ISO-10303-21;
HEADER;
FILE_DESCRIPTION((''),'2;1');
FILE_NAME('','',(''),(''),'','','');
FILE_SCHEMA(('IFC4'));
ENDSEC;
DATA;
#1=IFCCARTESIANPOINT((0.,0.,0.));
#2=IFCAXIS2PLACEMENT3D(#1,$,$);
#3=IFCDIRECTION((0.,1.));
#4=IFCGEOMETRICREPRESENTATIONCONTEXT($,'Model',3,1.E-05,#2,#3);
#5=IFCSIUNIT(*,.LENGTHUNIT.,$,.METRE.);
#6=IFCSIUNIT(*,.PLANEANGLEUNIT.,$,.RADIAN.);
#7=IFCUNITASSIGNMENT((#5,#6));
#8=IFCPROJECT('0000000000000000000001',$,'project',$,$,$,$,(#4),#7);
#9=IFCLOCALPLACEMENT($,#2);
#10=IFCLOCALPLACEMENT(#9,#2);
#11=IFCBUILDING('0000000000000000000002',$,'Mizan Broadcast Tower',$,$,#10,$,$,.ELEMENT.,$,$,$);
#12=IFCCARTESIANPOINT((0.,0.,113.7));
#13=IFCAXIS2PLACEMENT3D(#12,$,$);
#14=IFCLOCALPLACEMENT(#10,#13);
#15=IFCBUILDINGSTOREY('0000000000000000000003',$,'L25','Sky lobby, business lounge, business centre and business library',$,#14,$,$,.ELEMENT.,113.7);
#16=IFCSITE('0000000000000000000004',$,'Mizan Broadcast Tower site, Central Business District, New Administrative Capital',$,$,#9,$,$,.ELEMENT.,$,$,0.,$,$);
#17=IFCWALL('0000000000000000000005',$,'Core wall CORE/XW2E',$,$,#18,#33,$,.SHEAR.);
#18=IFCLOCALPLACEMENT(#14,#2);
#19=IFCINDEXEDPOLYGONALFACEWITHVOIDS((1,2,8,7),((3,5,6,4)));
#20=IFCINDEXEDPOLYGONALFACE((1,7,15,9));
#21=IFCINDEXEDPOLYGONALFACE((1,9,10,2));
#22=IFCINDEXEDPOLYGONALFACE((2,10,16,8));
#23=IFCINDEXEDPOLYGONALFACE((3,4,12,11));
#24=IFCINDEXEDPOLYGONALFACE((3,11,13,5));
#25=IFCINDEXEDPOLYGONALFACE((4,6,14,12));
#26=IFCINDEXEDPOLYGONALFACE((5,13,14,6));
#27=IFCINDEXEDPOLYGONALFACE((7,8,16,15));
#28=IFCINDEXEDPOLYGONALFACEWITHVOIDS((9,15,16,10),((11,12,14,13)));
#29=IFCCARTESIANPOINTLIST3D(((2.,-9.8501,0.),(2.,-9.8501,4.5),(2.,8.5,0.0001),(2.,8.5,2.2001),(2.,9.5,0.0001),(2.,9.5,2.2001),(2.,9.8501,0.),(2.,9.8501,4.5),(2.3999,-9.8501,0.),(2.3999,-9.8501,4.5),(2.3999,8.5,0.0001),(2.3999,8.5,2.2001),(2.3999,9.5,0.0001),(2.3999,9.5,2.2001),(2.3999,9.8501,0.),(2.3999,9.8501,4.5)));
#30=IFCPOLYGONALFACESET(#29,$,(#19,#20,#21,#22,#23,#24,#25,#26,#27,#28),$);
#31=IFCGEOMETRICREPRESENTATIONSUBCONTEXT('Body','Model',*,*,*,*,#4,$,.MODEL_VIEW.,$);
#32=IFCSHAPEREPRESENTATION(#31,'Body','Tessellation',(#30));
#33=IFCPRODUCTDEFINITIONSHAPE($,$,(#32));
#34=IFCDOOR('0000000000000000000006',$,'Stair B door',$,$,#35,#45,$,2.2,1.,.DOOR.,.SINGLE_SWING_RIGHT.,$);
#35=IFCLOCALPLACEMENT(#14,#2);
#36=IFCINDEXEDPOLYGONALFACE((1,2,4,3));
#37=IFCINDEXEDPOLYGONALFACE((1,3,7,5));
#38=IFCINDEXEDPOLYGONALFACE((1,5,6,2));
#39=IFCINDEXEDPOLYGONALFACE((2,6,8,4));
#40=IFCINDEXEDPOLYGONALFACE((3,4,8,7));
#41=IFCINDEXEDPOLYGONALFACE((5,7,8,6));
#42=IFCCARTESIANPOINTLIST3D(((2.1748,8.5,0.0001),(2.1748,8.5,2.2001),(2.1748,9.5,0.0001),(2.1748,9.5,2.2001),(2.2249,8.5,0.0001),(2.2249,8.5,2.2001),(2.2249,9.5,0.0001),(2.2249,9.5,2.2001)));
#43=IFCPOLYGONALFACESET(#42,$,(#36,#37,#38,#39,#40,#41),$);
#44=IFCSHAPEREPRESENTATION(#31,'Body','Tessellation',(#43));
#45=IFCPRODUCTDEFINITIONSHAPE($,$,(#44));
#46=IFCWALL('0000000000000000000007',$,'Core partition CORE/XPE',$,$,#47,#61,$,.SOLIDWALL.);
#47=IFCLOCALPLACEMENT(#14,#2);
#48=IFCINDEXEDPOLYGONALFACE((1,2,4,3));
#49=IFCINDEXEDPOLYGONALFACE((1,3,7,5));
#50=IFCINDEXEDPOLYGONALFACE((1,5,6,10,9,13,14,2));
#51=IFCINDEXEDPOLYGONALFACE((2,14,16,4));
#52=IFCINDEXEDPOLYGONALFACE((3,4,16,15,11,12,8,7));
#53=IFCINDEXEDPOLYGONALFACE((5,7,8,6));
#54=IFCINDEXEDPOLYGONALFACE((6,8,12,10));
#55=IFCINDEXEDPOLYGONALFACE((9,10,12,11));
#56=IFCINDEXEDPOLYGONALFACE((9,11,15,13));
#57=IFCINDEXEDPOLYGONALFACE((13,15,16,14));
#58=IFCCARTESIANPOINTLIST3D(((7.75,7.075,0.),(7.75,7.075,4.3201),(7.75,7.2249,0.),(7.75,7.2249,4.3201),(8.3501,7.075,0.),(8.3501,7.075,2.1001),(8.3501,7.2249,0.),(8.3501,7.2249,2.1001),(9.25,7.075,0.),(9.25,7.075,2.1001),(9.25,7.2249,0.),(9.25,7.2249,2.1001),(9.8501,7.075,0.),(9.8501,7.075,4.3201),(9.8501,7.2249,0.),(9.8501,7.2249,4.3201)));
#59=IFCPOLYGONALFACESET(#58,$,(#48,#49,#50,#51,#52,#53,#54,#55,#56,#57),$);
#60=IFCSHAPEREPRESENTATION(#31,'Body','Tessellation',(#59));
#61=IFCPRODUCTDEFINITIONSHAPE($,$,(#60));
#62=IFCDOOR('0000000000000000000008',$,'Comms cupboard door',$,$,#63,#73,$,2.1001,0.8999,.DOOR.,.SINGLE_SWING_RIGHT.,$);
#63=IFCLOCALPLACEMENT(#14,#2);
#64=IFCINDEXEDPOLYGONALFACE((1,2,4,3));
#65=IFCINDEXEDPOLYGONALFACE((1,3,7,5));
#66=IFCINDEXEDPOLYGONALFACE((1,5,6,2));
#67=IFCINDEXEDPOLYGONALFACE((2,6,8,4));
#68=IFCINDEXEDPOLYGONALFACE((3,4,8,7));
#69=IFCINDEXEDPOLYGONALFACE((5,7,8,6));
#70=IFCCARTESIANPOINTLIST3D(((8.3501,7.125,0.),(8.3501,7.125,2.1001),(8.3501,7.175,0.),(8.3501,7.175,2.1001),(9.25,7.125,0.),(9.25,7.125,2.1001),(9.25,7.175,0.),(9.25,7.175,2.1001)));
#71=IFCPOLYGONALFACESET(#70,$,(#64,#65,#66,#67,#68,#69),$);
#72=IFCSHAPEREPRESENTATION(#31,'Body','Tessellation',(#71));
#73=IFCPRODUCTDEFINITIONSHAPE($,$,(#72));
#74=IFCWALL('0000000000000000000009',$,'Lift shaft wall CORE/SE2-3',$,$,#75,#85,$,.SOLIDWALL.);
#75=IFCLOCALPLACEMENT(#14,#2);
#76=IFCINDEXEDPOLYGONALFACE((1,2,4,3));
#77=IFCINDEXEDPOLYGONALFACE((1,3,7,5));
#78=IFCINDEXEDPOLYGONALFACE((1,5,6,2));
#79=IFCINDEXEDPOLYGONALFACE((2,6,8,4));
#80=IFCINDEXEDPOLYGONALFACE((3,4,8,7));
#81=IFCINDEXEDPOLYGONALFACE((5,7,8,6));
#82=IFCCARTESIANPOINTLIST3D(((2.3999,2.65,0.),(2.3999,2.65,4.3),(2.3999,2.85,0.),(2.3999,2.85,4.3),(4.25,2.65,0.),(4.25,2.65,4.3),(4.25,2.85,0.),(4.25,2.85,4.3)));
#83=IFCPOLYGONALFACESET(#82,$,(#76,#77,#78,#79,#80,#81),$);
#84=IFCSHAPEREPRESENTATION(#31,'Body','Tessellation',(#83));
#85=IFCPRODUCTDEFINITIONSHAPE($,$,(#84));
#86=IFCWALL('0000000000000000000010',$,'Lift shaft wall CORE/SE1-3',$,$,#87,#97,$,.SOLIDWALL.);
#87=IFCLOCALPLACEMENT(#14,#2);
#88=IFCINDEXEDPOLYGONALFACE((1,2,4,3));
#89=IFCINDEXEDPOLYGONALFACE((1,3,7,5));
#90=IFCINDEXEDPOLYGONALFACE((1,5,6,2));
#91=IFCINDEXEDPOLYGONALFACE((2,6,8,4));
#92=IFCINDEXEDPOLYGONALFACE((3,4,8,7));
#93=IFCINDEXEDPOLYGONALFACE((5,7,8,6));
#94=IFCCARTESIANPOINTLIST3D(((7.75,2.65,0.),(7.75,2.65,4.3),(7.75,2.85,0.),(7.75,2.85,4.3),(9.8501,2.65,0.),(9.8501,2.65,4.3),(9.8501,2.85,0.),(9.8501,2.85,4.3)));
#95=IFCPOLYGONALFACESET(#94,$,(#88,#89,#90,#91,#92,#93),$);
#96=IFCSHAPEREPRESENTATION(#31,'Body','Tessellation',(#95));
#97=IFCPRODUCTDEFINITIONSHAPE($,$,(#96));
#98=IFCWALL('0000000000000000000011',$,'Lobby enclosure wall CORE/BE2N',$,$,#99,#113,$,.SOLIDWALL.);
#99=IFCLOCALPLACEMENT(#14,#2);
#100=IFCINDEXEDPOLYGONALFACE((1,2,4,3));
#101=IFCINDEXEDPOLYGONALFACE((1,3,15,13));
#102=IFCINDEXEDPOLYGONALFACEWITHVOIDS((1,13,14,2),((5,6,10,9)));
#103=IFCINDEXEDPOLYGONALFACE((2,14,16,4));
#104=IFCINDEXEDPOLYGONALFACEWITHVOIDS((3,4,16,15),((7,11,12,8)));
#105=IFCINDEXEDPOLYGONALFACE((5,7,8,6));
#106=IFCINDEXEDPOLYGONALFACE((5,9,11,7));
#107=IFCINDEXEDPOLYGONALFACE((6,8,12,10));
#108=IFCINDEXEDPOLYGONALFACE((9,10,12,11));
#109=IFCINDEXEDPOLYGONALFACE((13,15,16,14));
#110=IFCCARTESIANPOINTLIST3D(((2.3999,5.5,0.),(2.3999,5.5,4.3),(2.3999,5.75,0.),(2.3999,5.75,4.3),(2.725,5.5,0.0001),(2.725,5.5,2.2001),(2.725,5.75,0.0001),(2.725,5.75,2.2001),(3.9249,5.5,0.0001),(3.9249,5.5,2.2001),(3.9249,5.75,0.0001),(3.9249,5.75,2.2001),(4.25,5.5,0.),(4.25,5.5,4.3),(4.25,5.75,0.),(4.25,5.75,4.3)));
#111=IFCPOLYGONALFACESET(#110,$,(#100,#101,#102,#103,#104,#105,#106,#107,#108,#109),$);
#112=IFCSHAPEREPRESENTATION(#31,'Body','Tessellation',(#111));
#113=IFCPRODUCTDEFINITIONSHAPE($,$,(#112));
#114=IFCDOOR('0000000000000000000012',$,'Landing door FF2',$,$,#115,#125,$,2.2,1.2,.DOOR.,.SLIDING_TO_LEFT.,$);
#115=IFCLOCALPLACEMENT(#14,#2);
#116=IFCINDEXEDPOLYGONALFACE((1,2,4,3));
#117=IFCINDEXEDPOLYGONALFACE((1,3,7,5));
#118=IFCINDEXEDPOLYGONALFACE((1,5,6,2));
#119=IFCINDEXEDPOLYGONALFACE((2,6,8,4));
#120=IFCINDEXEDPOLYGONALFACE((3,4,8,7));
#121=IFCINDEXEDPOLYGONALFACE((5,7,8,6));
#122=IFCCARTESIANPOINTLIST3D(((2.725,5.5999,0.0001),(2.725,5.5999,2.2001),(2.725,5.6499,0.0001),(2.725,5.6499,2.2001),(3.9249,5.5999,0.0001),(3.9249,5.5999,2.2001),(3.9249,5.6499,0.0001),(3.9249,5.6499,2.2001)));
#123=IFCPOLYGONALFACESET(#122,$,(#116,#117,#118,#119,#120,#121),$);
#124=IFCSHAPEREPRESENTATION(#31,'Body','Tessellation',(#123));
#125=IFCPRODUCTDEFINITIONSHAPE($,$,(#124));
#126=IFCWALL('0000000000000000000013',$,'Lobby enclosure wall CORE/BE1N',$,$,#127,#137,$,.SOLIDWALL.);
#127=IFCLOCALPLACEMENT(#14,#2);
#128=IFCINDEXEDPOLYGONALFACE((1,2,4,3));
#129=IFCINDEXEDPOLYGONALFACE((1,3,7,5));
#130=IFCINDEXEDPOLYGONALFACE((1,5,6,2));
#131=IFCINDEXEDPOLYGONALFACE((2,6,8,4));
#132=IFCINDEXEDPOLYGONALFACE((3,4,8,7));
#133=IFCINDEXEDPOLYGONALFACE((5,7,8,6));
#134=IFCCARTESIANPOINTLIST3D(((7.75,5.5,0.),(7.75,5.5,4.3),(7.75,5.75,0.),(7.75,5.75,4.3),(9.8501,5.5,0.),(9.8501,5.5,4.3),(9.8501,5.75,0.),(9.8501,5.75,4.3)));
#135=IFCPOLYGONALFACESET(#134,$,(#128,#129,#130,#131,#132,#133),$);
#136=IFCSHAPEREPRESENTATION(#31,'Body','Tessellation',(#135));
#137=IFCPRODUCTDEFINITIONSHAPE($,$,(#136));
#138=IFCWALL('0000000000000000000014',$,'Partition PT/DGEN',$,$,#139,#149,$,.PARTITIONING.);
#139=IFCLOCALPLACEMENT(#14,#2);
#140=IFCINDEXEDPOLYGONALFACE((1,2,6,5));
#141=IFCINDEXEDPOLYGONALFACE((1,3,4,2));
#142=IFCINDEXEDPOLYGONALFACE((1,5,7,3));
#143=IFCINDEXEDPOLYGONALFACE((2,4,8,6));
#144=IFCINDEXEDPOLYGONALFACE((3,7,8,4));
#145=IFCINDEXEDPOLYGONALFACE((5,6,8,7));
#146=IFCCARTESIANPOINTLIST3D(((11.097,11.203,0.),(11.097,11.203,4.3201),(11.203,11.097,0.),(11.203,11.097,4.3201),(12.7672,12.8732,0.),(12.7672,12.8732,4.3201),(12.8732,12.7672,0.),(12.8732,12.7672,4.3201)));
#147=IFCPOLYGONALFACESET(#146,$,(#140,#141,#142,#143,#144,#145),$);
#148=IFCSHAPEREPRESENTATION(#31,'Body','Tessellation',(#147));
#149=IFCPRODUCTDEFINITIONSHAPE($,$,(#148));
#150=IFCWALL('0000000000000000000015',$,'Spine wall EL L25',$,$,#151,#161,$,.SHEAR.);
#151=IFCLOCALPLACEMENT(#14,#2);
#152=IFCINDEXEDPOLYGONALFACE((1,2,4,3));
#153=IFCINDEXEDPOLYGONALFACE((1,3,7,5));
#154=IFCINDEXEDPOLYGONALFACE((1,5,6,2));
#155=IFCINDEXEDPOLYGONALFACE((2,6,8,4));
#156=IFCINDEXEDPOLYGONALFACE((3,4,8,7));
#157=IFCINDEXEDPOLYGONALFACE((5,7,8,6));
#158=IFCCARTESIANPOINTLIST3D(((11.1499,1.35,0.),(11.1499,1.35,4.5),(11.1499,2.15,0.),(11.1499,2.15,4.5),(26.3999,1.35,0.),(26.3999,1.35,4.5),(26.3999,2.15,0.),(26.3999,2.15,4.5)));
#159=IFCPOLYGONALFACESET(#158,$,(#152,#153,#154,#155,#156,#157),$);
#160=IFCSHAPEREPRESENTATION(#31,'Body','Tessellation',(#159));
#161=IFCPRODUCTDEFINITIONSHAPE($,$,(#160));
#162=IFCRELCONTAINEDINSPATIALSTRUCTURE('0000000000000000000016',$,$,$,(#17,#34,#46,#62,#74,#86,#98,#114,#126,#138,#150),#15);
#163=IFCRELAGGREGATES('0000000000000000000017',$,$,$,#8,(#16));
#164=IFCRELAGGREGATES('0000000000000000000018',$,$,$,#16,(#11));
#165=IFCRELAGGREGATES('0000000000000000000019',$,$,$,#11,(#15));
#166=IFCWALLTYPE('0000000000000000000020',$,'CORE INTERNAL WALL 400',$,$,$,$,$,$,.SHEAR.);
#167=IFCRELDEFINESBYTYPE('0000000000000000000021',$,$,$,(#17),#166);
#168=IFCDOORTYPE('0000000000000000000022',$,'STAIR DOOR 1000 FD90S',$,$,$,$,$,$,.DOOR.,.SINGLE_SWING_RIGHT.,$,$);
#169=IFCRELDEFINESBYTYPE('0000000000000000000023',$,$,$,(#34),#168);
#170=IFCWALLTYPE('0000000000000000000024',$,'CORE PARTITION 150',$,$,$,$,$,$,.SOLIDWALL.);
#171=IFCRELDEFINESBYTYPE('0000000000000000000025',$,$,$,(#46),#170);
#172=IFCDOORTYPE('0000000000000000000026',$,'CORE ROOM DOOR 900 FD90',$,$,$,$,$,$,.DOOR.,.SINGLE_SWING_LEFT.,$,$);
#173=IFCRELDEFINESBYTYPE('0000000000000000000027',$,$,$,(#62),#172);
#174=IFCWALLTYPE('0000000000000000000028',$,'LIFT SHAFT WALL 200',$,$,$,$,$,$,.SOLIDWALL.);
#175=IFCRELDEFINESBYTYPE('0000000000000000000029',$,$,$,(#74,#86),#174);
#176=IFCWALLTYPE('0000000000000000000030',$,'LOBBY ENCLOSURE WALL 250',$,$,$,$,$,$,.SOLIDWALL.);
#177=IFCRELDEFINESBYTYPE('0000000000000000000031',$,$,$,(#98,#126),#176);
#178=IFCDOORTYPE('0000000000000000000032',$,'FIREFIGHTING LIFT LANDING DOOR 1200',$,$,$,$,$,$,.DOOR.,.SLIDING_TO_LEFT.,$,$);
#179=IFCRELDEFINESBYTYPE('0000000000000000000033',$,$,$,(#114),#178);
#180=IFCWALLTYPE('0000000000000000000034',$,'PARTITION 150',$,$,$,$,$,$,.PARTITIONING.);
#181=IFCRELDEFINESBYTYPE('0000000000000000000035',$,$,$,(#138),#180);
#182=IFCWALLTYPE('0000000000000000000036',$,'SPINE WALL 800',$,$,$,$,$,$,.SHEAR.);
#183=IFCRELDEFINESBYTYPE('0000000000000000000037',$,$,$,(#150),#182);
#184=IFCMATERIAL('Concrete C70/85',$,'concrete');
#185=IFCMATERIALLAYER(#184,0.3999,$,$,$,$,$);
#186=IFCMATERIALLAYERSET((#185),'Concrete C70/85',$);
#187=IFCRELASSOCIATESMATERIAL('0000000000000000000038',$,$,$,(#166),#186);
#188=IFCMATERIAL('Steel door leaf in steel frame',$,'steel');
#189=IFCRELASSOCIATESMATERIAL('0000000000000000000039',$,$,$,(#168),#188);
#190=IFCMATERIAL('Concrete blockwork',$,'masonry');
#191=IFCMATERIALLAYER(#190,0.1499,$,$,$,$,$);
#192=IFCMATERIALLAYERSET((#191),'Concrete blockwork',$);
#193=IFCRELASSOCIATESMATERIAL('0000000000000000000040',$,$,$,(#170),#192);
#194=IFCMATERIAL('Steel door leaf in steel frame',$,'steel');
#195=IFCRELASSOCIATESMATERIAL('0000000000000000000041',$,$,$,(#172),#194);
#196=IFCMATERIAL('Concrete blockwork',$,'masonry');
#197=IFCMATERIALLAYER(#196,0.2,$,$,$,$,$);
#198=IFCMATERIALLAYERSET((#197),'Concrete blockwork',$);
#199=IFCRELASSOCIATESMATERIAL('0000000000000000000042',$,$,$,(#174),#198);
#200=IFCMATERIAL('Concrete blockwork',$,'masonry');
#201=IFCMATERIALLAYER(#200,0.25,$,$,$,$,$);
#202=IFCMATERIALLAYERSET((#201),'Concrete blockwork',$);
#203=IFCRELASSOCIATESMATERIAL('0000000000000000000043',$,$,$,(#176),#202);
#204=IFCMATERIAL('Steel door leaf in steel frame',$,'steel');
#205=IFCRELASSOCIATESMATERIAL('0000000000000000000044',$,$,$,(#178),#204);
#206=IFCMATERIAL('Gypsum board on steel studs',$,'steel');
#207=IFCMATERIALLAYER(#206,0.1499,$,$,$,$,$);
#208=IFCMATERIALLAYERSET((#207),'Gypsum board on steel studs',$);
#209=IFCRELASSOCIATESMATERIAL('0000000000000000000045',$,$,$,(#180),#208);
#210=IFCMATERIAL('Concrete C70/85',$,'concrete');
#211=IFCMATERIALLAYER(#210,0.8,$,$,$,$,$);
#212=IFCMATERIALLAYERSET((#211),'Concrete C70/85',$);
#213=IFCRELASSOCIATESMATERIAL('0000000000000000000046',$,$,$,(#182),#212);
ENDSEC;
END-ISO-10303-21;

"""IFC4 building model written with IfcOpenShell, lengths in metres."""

from ifc_helpers import new_model, si_unit, direction, frame, frame_2d, origin, place, context, subcontext, project, spatial, rectangle, extrude, material, layer, layer_set, type_object, element, fill, save


model = new_model("IFC4")

# Units and contexts
model_context = context("Model", 3, precision=1e-05, world=origin(), true_north=direction((0.0, 1.0)))
body_context = subcontext(model_context, "Body", "Model", "MODEL_VIEW")
ifc_project = project(units=[si_unit("LENGTHUNIT", "METRE"), si_unit("PLANEANGLEUNIT", "RADIAN")], contexts=[model_context])

# Site, building, storey
site_placement = place(None, origin())
site = spatial("IfcSite", under=ifc_project, at=site_placement, Name="Mizan Broadcast Tower site, Central Business District, New Administrative Capital", CompositionType="ELEMENT", RefElevation=0.0)
building_placement = place(site_placement, origin())
building = spatial("IfcBuilding", under=site, at=building_placement, Name="Mizan Broadcast Tower", CompositionType="ELEMENT")
storey_placement = place(building_placement, frame((0.0, 0.0, 113.7)))
storey = spatial("IfcBuildingStorey", under=building, at=storey_placement, Name="L25", Description="Sky lobby, business lounge, business centre and business library", CompositionType="ELEMENT", Elevation=113.7)

# Shared definitions
ifc_material_1 = material(Name="Concrete C70/85", Category="concrete")
ifc_layer_1 = layer(ifc_material_1, 0.3999)
ifc_layer_set_1 = layer_set([ifc_layer_1], Name="Concrete C70/85")
wall_type_1 = type_object("IfcWallType", Name="CORE INTERNAL WALL 400", PredefinedType="SHEAR", material=ifc_layer_set_1)

# Walls, openings, doors
wall_1_placement = place(storey_placement, frame((2.2, 9.8501, 0.0), z_axis=(0.0, 0.0, 1.0), x_axis=(0.0, -1.0, 0.0)))
wall_1 = element("IfcWall", 1, at=wall_1_placement, inside=storey, type_object=wall_type_1, Name="Core wall CORE/XW2E", PredefinedType="SHEAR", context=body_context, shape_type="SweptSolid", body=[
    extrude(rectangle(XDim=19.7002, YDim=0.3999, at=frame_2d((9.8501, 0.0))), origin(), (0.0, 0.0, 1.0), 4.5),
])
opening_1_placement = place(wall_1_placement, frame((0.3501, 0.0, 0.0)))
opening_1 = element("IfcOpeningElement", 2, at=opening_1_placement, cuts=wall_1, PredefinedType="OPENING", context=body_context, shape_type="SweptSolid", body=[
    extrude(rectangle(XDim=1.0, YDim=2.2, at=frame_2d((0.5, 1.1001))), frame((0.0, 0.21, 0.0), z_axis=(0.0, -1.0, 0.0), x_axis=(1.0, 0.0, 0.0)), (0.0, 0.0, 1.0), 0.4199),
])
ifc_material_2 = material(Name="Steel door leaf in steel frame", Category="steel")
door_type_1 = type_object("IfcDoorType", Name="STAIR DOOR 1000 FD90S", OperationType="SINGLE_SWING_RIGHT", PredefinedType="DOOR", material=ifc_material_2)
door_1_placement = place(opening_1_placement, origin())
door_1 = element("IfcDoor", 3, at=door_1_placement, inside=storey, type_object=door_type_1, Name="Stair B door", OperationType="SINGLE_SWING_RIGHT", OverallHeight=2.2, OverallWidth=1.0, PredefinedType="DOOR", context=body_context, shape_type="SweptSolid", body=[
    extrude(rectangle(XDim=1.0, YDim=2.2, at=frame_2d((0.5, 1.1001))), frame((0.0, 0.0249, 0.0), z_axis=(0.0, -1.0, 0.0), x_axis=(1.0, 0.0, 0.0)), (0.0, 0.0, 1.0), 0.05),
])
fill(opening_1, door_1)
ifc_material_3 = material(Name="Concrete blockwork", Category="masonry")
ifc_layer_2 = layer(ifc_material_3, 0.1499)
ifc_layer_set_2 = layer_set([ifc_layer_2], Name="Concrete blockwork")
wall_type_2 = type_object("IfcWallType", Name="CORE PARTITION 150", PredefinedType="SOLIDWALL", material=ifc_layer_set_2)
wall_2_placement = place(storey_placement, frame((9.8501, 7.1499, 0.0), z_axis=(0.0, 0.0, 1.0), x_axis=(-1.0, 0.0, 0.0)))
wall_2 = element("IfcWall", 4, at=wall_2_placement, inside=storey, type_object=wall_type_2, Name="Core partition CORE/XPE", PredefinedType="SOLIDWALL", context=body_context, shape_type="SweptSolid", body=[
    extrude(rectangle(XDim=2.1001, YDim=0.1499, at=frame_2d((1.05, 0.0))), origin(), (0.0, 0.0, 1.0), 4.3201),
])
opening_2_placement = place(wall_2_placement, frame((0.6001, 0.0, 0.0)))
opening_2 = element("IfcOpeningElement", 5, at=opening_2_placement, cuts=wall_2, PredefinedType="OPENING", context=body_context, shape_type="SweptSolid", body=[
    extrude(rectangle(XDim=0.8999, YDim=2.1001, at=frame_2d((0.45, 1.05))), frame((0.0, 0.085, 0.0), z_axis=(0.0, -1.0, 0.0), x_axis=(1.0, 0.0, 0.0)), (0.0, 0.0, 1.0), 0.1699),
])
ifc_material_4 = material(Name="Steel door leaf in steel frame", Category="steel")
door_type_2 = type_object("IfcDoorType", Name="CORE ROOM DOOR 900 FD90", OperationType="SINGLE_SWING_LEFT", PredefinedType="DOOR", material=ifc_material_4)
door_2_placement = place(opening_2_placement, origin())
door_2 = element("IfcDoor", 6, at=door_2_placement, inside=storey, type_object=door_type_2, Name="Comms cupboard door", OperationType="SINGLE_SWING_RIGHT", OverallHeight=2.1001, OverallWidth=0.8999, PredefinedType="DOOR", context=body_context, shape_type="SweptSolid", body=[
    extrude(rectangle(XDim=0.8999, YDim=2.1001, at=frame_2d((0.45, 1.05))), frame((0.0, 0.0249, 0.0), z_axis=(0.0, -1.0, 0.0), x_axis=(1.0, 0.0, 0.0)), (0.0, 0.0, 1.0), 0.05),
])
fill(opening_2, door_2)

# Walls
ifc_material_5 = material(Name="Concrete blockwork", Category="masonry")
ifc_layer_3 = layer(ifc_material_5, 0.2)
ifc_layer_set_3 = layer_set([ifc_layer_3], Name="Concrete blockwork")
wall_type_3 = type_object("IfcWallType", Name="LIFT SHAFT WALL 200", PredefinedType="SOLIDWALL", material=ifc_layer_set_3)
wall_3_placement = place(storey_placement, frame((2.3999, 2.75, 0.0), z_axis=(0.0, 0.0, 1.0), x_axis=(1.0, 0.0, 0.0)))
element("IfcWall", 7, at=wall_3_placement, inside=storey, type_object=wall_type_3, Name="Lift shaft wall CORE/SE2-3", PredefinedType="SOLIDWALL", context=body_context, shape_type="SweptSolid", body=[
    extrude(rectangle(XDim=1.8501, YDim=0.2, at=frame_2d((0.925, 0.0))), origin(), (0.0, 0.0, 1.0), 4.3),
])
wall_4_placement = place(storey_placement, frame((7.75, 2.75, 0.0), z_axis=(0.0, 0.0, 1.0), x_axis=(1.0, 0.0, 0.0)))
element("IfcWall", 8, at=wall_4_placement, inside=storey, type_object=wall_type_3, Name="Lift shaft wall CORE/SE1-3", PredefinedType="SOLIDWALL", context=body_context, shape_type="SweptSolid", body=[
    extrude(rectangle(XDim=2.1001, YDim=0.2, at=frame_2d((1.05, 0.0))), origin(), (0.0, 0.0, 1.0), 4.3),
])

# Wall, opening, door
ifc_material_6 = material(Name="Concrete blockwork", Category="masonry")
ifc_layer_4 = layer(ifc_material_6, 0.25)
ifc_layer_set_4 = layer_set([ifc_layer_4], Name="Concrete blockwork")
wall_type_4 = type_object("IfcWallType", Name="LOBBY ENCLOSURE WALL 250", PredefinedType="SOLIDWALL", material=ifc_layer_set_4)
wall_5_placement = place(storey_placement, frame((2.3999, 5.625, 0.0), z_axis=(0.0, 0.0, 1.0), x_axis=(1.0, 0.0, 0.0)))
wall_5 = element("IfcWall", 9, at=wall_5_placement, inside=storey, type_object=wall_type_4, Name="Lobby enclosure wall CORE/BE2N", PredefinedType="SOLIDWALL", context=body_context, shape_type="SweptSolid", body=[
    extrude(rectangle(XDim=1.8501, YDim=0.25, at=frame_2d((0.925, 0.0))), origin(), (0.0, 0.0, 1.0), 4.3),
])
opening_3_placement = place(wall_5_placement, frame((0.325, 0.0, 0.0)))
opening_3 = element("IfcOpeningElement", 10, at=opening_3_placement, cuts=wall_5, PredefinedType="OPENING", context=body_context, shape_type="SweptSolid", body=[
    extrude(rectangle(XDim=1.2, YDim=2.2, at=frame_2d((0.6001, 1.1001))), frame((0.0, 0.135, 0.0), z_axis=(0.0, -1.0, 0.0), x_axis=(1.0, 0.0, 0.0)), (0.0, 0.0, 1.0), 0.27),
])
ifc_material_7 = material(Name="Steel door leaf in steel frame", Category="steel")
door_type_3 = type_object("IfcDoorType", Name="FIREFIGHTING LIFT LANDING DOOR 1200", OperationType="SLIDING_TO_LEFT", PredefinedType="DOOR", material=ifc_material_7)
door_3_placement = place(opening_3_placement, origin())
door_3 = element("IfcDoor", 11, at=door_3_placement, inside=storey, type_object=door_type_3, Name="Landing door FF2", OperationType="SLIDING_TO_LEFT", OverallHeight=2.2, OverallWidth=1.2, PredefinedType="DOOR", context=body_context, shape_type="SweptSolid", body=[
    extrude(rectangle(XDim=1.2, YDim=2.2, at=frame_2d((0.6001, 1.1001))), frame((0.0, 0.0249, 0.0), z_axis=(0.0, -1.0, 0.0), x_axis=(1.0, 0.0, 0.0)), (0.0, 0.0, 1.0), 0.05),
])
fill(opening_3, door_3)

# Walls
wall_6_placement = place(storey_placement, frame((7.75, 5.625, 0.0), z_axis=(0.0, 0.0, 1.0), x_axis=(1.0, 0.0, 0.0)))
element("IfcWall", 12, at=wall_6_placement, inside=storey, type_object=wall_type_4, Name="Lobby enclosure wall CORE/BE1N", PredefinedType="SOLIDWALL", context=body_context, shape_type="SweptSolid", body=[
    extrude(rectangle(XDim=2.1001, YDim=0.25, at=frame_2d((1.05, 0.0))), origin(), (0.0, 0.0, 1.0), 4.3),
])
ifc_material_8 = material(Name="Gypsum board on steel studs", Category="steel")
ifc_layer_5 = layer(ifc_material_8, 0.1499)
ifc_layer_set_5 = layer_set([ifc_layer_5], Name="Gypsum board on steel studs")
wall_type_5 = type_object("IfcWallType", Name="PARTITION 150", PredefinedType="PARTITIONING", material=ifc_layer_set_5)
wall_7_placement = place(storey_placement, frame((11.1499, 11.1499, 0.0), z_axis=(0.0, 0.0, 1.0), x_axis=(0.707107, 0.707107, 0.0)))
element("IfcWall", 13, at=wall_7_placement, inside=storey, type_object=wall_type_5, Name="Partition PT/DGEN", PredefinedType="PARTITIONING", context=body_context, shape_type="SweptSolid", body=[
    extrude(rectangle(XDim=2.3621, YDim=0.1499, at=frame_2d((1.1812, 0.0))), origin(), (0.0, 0.0, 1.0), 4.3201),
])
ifc_material_9 = material(Name="Concrete C70/85", Category="concrete")
ifc_layer_6 = layer(ifc_material_9, 0.8)
ifc_layer_set_6 = layer_set([ifc_layer_6], Name="Concrete C70/85")
wall_type_6 = type_object("IfcWallType", Name="SPINE WALL 800", PredefinedType="SHEAR", material=ifc_layer_set_6)
for number, where, z_axis, x_axis, name in (
    (14, (11.1499, 1.75, 0.0), (0.0, 0.0, 1.0), (1.0, 0.0, 0.0), "Spine wall EL L25"),
):
    element("IfcWall", number, at=place(storey_placement, frame(where, z_axis=z_axis, x_axis=x_axis)), inside=storey, type_object=wall_type_6, Name=name, PredefinedType="SHEAR", context=body_context, shape_type="SweptSolid", body=[
        extrude(rectangle(XDim=15.25, YDim=0.8, at=frame_2d((7.625, 0.0))), origin(), (0.0, 0.0, 1.0), 4.5),
    ])

save(model, "model.ifc")
